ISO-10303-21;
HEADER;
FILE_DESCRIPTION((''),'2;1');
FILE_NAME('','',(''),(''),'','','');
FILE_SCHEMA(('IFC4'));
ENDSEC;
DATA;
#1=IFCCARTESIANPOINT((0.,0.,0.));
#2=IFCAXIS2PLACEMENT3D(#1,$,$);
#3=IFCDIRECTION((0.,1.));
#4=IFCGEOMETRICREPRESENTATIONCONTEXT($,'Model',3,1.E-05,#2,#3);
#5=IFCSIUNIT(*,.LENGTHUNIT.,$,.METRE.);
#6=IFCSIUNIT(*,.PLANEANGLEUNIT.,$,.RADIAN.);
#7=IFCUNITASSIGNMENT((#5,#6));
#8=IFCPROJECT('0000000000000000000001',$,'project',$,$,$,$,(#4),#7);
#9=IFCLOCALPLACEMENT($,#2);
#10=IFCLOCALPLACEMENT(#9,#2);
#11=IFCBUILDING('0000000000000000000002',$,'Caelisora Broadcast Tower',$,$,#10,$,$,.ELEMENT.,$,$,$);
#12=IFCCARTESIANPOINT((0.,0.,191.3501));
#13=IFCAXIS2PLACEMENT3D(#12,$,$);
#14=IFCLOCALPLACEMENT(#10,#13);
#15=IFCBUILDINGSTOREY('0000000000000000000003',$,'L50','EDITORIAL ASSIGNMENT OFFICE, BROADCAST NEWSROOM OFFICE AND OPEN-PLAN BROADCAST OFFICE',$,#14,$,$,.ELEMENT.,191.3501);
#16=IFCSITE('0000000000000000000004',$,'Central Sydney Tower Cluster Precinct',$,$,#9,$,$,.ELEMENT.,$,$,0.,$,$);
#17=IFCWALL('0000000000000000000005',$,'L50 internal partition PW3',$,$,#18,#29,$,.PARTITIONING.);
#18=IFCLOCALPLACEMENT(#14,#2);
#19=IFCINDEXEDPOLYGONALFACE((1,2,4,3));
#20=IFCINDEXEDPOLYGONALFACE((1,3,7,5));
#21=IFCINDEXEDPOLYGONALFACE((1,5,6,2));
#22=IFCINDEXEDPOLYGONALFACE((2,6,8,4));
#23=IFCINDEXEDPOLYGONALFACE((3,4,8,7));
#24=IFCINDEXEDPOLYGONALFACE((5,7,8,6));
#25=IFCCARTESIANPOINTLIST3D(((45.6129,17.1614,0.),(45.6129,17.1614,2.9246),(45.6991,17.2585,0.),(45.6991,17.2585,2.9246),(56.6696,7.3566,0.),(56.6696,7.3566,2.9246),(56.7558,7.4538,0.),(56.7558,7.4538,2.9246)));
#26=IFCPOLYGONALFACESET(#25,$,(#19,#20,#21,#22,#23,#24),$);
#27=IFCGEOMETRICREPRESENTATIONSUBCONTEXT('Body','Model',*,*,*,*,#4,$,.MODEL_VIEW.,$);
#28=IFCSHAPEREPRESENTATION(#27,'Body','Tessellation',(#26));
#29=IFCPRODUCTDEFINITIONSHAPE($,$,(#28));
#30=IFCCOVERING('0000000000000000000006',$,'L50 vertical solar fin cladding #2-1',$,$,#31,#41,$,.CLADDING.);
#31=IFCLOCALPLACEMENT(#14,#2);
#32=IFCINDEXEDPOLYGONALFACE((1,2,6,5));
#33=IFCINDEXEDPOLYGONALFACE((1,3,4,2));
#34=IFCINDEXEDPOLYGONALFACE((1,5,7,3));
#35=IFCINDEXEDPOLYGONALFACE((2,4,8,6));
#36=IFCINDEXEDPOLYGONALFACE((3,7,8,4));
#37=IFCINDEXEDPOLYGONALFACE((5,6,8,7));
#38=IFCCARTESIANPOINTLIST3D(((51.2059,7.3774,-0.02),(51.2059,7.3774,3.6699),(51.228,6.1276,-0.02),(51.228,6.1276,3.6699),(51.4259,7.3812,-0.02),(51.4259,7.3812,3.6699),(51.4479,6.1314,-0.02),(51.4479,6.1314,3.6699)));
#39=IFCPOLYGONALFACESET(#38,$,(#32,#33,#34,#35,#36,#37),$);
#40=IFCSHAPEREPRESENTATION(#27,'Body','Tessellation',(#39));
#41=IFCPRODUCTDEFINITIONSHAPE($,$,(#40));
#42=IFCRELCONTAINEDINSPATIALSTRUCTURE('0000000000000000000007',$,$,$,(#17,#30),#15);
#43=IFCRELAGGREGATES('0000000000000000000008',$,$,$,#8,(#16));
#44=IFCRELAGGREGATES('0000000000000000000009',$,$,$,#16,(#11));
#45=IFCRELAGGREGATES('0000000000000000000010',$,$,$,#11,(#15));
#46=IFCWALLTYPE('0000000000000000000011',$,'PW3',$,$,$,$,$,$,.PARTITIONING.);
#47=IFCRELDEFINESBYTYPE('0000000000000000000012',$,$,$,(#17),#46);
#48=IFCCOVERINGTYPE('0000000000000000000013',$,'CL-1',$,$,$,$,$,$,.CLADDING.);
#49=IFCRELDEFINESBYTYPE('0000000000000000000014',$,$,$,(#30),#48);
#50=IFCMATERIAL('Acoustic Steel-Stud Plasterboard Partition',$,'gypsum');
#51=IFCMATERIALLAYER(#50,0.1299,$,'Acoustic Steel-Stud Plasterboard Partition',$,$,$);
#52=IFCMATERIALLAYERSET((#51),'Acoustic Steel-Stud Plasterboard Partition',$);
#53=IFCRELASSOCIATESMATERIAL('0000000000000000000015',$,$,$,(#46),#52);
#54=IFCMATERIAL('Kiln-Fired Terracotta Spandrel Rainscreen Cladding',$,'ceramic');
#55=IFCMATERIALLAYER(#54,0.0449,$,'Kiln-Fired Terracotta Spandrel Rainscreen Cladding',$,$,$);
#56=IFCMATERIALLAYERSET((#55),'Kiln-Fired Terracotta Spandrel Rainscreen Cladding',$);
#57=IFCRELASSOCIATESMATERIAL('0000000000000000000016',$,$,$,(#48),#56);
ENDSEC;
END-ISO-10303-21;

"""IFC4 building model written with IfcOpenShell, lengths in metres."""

from ifc_helpers import new_model, si_unit, direction, frame, frame_2d, origin, origin_2d, place, context, subcontext, project, spatial, rectangle, extrude, source, transform, mapped, material, layer, layer_set, type_object, type_shapes, element, save


model = new_model("IFC4")

# Units and contexts
model_context = context("Model", 3, precision=1e-05, world=origin(), true_north=direction((0.0, 1.0)))
body_context = subcontext(model_context, "Body", "Model", "MODEL_VIEW")
ifc_project = project(units=[si_unit("LENGTHUNIT", "METRE"), si_unit("PLANEANGLEUNIT", "RADIAN")], contexts=[model_context])

# Site, building, storey
site_placement = place(None, origin())
site = spatial("IfcSite", under=ifc_project, at=site_placement, Name="Central Sydney Tower Cluster Precinct", CompositionType="ELEMENT", RefElevation=0.0)
building_placement = place(site_placement, origin())
building = spatial("IfcBuilding", under=site, at=building_placement, Name="Caelisora Broadcast Tower", CompositionType="ELEMENT")
storey_placement = place(building_placement, frame((0.0, 0.0, 191.3501)))
storey = spatial("IfcBuildingStorey", under=building, at=storey_placement, Name="L50", Description="EDITORIAL ASSIGNMENT OFFICE, BROADCAST NEWSROOM OFFICE AND OPEN-PLAN BROADCAST OFFICE", CompositionType="ELEMENT", Elevation=191.3501)

# Wall
ifc_material_1 = material(Name="Acoustic Steel-Stud Plasterboard Partition", Category="gypsum")
ifc_layer_1 = layer(ifc_material_1, 0.1299, Name="Acoustic Steel-Stud Plasterboard Partition")
ifc_layer_set_1 = layer_set([ifc_layer_1], Name="Acoustic Steel-Stud Plasterboard Partition")
wall_type_1 = type_object("IfcWallType", Name="PW3", PredefinedType="PARTITIONING", material=ifc_layer_set_1)
wall_1_placement = place(storey_placement, frame((45.656, 17.21, 0.0), z_axis=(0.0, 0.0, 1.0), x_axis=(0.748196, -0.663477, 0.0)))
element("IfcWall", 1, at=wall_1_placement, inside=storey, type_object=wall_type_1, Name="L50 internal partition PW3", PredefinedType="PARTITIONING", context=body_context, shape_type="SweptSolid", body=[
    extrude(rectangle(XDim=14.7778, YDim=0.1299, at=frame_2d((7.3889, 0.0))), origin(), (0.0, 0.0, 1.0), 2.9246),
])

# Covering
ifc_material_2 = material(Name="Kiln-Fired Terracotta Spandrel Rainscreen Cladding", Category="ceramic")
ifc_layer_2 = layer(ifc_material_2, 0.0449, Name="Kiln-Fired Terracotta Spandrel Rainscreen Cladding")
ifc_layer_set_2 = layer_set([ifc_layer_2], Name="Kiln-Fired Terracotta Spandrel Rainscreen Cladding")
covering_type = type_object("IfcCoveringType", Name="CL-1", PredefinedType="CLADDING", material=ifc_layer_set_2)
shared_shape_1 = source(origin(), body_context, "Body", "SweptSolid", [
    extrude(rectangle(XDim=0.22, YDim=1.25, at=origin_2d()), origin(), (0.0, 0.0, 1.0), 3.6899),
])
type_shapes(covering_type, [shared_shape_1])
covering_placement = place(storey_placement, frame((51.3269, 6.7544, -0.02), z_axis=(0.0, 0.0, 1.0), x_axis=(-0.999845, -0.017627, 0.0)))
element("IfcCovering", 2, at=covering_placement, inside=storey, type_object=covering_type, Name="L50 vertical solar fin cladding #2-1", PredefinedType="CLADDING", context=body_context, shape_type="MappedRepresentation", body=[
    mapped(shared_shape_1, transform((0.0, 0.0, 0.0), scale=1.0)),
])

save(model, "model.ifc")
